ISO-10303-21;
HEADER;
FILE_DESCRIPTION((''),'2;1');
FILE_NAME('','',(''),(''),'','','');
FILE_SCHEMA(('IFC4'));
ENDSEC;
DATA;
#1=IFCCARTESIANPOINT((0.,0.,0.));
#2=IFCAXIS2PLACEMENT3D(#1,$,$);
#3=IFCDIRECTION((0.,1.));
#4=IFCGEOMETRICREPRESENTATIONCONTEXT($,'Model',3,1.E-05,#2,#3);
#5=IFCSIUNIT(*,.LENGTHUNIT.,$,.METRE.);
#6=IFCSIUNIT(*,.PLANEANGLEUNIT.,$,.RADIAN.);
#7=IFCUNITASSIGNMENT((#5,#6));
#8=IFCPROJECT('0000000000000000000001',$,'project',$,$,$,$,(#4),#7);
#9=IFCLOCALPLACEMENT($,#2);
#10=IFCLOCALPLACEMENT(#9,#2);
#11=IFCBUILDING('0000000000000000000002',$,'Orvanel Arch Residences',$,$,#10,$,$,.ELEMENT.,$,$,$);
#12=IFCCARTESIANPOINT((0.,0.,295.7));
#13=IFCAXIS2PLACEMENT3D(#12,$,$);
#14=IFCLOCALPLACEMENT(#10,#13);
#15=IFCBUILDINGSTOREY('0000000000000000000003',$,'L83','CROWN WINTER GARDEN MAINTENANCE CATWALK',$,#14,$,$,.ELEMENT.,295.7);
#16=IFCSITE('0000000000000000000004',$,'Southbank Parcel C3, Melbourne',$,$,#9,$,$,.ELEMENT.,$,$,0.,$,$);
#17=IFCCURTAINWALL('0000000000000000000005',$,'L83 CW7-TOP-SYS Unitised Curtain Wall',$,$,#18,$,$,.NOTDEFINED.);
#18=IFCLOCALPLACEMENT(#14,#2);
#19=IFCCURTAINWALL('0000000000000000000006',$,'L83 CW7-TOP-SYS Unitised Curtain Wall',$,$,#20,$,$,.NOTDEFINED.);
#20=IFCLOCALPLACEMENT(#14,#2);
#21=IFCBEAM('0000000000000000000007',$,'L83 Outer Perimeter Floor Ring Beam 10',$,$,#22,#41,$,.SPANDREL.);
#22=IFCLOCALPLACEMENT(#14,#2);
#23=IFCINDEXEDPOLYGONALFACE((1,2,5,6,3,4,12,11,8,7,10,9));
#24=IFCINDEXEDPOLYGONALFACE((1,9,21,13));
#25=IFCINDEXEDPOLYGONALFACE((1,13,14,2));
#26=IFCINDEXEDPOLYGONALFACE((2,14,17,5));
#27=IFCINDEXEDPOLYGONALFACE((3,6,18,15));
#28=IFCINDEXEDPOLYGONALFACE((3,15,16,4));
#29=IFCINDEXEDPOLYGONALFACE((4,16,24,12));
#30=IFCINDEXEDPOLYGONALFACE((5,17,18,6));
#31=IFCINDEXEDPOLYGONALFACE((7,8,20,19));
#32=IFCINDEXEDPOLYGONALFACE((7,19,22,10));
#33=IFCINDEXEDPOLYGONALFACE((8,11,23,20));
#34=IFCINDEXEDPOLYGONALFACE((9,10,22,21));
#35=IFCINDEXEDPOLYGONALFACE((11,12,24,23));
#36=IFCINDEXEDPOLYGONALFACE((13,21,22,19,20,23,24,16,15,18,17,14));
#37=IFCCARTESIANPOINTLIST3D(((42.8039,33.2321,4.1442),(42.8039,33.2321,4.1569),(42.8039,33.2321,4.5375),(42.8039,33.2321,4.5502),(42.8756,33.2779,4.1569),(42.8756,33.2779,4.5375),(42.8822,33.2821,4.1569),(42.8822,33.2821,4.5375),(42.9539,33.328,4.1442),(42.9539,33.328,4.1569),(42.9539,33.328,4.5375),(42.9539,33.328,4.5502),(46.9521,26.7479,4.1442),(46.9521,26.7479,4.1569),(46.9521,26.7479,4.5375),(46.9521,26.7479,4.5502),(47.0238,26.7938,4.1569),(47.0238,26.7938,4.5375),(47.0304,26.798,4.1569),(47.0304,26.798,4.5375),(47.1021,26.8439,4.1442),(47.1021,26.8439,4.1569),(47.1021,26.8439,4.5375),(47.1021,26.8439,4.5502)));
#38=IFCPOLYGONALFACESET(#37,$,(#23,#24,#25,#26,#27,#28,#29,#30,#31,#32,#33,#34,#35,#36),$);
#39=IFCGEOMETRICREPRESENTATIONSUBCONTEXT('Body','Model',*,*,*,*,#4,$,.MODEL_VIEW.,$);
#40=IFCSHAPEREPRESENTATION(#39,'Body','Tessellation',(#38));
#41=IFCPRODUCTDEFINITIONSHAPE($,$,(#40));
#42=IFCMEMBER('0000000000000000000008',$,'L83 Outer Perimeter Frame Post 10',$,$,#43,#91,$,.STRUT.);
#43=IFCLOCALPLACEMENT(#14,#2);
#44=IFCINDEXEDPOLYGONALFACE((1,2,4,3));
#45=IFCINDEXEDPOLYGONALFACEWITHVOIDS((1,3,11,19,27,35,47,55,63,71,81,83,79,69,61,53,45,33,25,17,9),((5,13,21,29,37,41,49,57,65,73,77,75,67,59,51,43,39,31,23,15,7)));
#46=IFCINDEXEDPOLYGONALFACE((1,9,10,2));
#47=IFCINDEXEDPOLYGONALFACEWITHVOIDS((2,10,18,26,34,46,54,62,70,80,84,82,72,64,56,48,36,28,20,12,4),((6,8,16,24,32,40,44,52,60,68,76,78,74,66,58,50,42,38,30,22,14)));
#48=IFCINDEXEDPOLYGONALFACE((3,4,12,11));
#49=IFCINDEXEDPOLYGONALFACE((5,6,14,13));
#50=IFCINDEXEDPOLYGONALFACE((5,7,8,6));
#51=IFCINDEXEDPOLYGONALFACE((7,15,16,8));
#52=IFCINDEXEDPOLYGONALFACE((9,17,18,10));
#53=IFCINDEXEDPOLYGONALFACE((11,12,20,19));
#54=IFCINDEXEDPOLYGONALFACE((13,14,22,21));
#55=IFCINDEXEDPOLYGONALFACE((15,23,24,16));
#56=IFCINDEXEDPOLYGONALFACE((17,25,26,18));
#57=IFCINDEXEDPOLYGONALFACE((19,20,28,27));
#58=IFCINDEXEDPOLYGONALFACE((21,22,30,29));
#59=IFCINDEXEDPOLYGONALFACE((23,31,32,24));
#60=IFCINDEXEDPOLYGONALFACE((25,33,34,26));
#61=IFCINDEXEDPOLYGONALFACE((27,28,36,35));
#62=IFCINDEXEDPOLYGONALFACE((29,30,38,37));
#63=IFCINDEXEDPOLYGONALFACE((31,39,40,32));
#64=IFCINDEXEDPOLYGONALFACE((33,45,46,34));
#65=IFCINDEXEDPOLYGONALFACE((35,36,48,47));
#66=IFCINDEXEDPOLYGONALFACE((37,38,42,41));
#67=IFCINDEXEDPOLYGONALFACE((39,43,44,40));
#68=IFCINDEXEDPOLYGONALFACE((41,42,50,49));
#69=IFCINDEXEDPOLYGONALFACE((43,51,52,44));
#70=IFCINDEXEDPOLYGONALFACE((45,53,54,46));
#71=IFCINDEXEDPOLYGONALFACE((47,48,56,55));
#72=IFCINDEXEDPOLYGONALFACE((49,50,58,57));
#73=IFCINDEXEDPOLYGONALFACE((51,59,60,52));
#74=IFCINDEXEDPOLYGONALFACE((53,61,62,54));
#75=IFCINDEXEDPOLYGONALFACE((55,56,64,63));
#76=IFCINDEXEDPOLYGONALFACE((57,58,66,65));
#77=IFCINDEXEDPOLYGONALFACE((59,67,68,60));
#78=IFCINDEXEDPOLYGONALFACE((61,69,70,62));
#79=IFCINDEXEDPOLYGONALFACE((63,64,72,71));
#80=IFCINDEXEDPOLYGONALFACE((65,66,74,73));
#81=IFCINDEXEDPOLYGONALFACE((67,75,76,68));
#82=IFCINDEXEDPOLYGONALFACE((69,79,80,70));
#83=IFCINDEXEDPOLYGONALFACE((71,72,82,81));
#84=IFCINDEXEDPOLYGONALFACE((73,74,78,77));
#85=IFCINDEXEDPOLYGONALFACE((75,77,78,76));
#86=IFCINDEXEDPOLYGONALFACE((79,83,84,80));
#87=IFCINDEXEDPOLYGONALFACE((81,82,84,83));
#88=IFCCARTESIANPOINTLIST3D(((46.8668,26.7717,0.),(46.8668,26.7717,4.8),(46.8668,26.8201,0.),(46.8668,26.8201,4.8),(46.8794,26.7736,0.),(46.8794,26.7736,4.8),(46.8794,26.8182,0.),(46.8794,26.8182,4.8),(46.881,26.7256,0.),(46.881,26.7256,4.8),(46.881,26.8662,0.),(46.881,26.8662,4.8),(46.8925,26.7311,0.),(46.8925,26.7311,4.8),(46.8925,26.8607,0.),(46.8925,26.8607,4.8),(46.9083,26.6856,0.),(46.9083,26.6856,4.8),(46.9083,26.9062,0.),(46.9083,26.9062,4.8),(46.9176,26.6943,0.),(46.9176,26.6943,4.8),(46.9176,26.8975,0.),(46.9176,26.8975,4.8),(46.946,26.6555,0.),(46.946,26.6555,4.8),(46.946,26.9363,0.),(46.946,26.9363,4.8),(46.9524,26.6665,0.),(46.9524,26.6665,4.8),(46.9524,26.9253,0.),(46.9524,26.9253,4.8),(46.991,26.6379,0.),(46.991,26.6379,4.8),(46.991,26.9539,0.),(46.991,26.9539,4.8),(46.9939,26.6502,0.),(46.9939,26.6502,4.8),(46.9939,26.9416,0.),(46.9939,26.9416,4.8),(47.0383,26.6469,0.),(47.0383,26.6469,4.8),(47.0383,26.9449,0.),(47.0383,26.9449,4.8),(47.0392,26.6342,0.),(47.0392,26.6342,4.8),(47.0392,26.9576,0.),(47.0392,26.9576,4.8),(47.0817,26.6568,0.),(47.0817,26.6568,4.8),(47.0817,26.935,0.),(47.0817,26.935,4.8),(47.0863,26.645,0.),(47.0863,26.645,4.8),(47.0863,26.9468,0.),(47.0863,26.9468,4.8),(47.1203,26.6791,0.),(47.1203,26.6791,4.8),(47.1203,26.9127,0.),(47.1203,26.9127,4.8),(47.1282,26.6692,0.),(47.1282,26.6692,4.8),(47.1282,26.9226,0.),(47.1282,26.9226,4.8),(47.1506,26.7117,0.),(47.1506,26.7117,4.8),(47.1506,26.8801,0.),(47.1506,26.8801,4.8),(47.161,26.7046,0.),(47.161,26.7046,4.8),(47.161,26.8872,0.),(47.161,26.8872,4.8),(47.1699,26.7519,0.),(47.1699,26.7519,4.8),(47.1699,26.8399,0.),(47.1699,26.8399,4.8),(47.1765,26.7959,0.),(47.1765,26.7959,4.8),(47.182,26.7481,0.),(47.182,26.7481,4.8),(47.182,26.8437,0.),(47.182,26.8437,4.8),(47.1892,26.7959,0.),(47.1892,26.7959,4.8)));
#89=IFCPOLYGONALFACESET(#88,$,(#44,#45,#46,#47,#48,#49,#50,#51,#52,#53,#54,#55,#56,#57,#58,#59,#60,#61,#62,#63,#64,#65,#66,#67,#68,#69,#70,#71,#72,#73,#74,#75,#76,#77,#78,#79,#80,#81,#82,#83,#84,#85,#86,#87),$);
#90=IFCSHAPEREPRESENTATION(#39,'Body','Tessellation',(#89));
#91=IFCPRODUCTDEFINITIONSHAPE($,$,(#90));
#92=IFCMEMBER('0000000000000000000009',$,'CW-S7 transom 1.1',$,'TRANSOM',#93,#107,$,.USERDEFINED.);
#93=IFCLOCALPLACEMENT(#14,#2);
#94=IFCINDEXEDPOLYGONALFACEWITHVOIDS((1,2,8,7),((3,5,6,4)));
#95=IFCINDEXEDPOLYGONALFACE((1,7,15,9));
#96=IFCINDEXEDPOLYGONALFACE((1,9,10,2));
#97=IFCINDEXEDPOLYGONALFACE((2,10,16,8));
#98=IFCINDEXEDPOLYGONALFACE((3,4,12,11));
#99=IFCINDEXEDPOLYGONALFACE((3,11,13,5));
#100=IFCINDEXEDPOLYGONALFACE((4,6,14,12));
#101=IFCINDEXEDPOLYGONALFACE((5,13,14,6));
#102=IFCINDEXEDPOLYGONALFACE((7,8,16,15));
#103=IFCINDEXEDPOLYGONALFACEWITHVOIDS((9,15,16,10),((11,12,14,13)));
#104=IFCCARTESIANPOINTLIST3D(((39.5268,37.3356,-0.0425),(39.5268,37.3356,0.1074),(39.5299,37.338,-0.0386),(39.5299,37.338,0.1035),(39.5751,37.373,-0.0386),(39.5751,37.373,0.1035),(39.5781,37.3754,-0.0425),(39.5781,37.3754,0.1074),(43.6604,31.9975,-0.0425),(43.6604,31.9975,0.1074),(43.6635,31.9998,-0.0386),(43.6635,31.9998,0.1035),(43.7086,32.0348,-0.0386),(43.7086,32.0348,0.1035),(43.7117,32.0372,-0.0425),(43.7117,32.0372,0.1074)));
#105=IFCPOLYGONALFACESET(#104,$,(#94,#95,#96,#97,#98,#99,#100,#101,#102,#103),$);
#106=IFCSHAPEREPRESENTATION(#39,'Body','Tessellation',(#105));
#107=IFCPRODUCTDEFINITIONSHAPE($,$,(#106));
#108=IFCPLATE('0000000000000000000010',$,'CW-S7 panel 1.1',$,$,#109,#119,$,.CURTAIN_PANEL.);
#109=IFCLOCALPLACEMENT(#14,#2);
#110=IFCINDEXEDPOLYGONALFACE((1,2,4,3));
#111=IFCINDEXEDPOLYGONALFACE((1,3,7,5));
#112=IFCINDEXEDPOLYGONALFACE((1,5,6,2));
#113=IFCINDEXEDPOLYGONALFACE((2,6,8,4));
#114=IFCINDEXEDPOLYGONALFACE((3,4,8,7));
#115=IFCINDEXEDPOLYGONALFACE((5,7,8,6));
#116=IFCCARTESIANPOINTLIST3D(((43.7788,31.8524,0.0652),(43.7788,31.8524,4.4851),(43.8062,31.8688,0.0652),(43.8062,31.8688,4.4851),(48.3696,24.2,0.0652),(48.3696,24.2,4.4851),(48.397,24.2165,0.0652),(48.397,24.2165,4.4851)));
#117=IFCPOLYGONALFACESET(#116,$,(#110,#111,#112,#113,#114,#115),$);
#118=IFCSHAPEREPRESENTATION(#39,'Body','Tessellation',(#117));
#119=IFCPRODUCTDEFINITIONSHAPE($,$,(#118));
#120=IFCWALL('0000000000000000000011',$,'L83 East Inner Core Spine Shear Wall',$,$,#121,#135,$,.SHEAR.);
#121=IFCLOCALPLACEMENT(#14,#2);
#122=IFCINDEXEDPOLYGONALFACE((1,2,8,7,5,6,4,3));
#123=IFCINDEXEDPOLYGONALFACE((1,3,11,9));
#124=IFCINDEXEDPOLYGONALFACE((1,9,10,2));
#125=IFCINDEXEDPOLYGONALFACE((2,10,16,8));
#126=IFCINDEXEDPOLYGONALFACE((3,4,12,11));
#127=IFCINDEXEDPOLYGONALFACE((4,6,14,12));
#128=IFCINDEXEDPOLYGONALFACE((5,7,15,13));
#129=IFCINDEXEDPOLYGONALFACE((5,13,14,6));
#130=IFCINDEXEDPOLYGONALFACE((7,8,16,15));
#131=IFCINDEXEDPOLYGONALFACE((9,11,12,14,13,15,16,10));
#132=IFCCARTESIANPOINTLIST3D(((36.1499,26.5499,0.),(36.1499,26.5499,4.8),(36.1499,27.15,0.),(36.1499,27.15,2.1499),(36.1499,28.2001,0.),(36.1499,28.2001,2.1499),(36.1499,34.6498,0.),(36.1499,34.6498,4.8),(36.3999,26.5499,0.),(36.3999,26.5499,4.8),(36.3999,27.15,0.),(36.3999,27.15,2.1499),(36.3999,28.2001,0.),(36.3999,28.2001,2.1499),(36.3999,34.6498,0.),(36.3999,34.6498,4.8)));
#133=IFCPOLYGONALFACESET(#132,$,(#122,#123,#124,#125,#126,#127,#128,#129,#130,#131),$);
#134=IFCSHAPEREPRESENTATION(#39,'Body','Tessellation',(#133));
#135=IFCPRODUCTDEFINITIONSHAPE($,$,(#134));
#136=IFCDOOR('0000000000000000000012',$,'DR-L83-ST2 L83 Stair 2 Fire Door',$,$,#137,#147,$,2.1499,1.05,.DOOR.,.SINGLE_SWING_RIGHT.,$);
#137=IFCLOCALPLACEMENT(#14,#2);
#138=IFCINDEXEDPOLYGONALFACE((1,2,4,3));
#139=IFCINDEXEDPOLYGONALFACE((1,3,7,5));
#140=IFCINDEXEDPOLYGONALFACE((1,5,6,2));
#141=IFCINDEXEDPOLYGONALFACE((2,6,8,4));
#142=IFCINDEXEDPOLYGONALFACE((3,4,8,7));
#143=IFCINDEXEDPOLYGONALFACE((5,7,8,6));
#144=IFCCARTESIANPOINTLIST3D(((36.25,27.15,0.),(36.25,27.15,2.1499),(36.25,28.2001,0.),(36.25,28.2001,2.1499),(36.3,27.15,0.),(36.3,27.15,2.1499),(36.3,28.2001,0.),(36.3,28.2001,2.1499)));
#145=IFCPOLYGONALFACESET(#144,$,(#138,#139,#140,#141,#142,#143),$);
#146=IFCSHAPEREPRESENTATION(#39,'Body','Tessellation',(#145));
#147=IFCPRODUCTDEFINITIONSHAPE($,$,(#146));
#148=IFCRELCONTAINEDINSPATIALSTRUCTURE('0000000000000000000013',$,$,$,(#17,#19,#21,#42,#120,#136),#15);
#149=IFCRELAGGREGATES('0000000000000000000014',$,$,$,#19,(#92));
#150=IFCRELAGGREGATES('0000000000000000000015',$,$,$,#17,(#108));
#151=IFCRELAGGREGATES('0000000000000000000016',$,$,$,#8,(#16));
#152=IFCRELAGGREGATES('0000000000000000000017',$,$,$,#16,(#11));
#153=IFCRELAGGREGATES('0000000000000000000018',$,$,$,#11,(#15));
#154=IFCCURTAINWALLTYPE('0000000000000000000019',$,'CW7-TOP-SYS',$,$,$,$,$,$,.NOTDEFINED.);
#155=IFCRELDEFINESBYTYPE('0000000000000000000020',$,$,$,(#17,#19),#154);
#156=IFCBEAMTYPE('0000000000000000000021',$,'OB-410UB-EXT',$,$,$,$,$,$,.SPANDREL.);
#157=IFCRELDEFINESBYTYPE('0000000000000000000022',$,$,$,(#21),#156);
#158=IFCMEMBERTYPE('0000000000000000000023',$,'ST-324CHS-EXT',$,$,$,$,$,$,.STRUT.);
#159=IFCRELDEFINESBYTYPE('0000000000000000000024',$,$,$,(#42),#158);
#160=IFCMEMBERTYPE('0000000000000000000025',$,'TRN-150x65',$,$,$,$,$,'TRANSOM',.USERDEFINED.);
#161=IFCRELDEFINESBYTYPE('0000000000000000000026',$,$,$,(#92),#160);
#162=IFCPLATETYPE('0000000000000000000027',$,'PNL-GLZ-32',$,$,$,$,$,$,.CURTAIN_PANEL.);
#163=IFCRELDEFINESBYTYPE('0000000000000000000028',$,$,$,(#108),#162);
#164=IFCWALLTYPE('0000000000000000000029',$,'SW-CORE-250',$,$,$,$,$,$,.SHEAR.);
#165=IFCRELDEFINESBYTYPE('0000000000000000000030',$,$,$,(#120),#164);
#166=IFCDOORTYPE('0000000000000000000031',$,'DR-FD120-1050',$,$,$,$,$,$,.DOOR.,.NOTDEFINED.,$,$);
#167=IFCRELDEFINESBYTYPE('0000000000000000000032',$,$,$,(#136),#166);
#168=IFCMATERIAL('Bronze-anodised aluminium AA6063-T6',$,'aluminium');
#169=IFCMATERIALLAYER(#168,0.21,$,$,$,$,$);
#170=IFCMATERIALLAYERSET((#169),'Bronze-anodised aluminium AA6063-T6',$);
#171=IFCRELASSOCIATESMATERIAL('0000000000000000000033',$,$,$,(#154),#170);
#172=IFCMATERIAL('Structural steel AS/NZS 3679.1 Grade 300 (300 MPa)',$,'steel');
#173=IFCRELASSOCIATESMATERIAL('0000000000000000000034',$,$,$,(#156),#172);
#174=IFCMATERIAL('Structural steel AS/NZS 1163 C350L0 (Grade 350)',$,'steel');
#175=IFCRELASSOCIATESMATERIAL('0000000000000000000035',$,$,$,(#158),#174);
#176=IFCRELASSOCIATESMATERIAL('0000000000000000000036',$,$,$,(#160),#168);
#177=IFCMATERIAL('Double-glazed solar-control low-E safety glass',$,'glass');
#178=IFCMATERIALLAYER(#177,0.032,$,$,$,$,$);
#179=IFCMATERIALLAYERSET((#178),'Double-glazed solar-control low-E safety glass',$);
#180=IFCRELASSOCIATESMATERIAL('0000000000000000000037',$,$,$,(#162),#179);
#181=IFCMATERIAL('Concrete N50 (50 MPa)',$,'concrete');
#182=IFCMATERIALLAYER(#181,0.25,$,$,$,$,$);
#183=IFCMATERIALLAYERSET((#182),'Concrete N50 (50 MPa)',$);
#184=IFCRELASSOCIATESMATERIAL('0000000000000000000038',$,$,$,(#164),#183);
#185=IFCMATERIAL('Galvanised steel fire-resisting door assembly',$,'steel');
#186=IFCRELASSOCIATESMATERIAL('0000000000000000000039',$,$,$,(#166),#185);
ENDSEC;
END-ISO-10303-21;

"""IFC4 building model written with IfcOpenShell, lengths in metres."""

from ifc_helpers import new_model, si_unit, direction, frame, frame_2d, origin, origin_2d, place, context, subcontext, project, spatial, rectangle, hollow_rectangle, hollow_circle, i_section, extrude, material, layer, layer_set, material_profile, profile_set, type_object, element, fill, aggregate, save


model = new_model("IFC4")

# Units and contexts
model_context = context("Model", 3, precision=1e-05, world=origin(), true_north=direction((0.0, 1.0)))
body_context = subcontext(model_context, "Body", "Model", "MODEL_VIEW")
ifc_project = project(units=[si_unit("LENGTHUNIT", "METRE"), si_unit("PLANEANGLEUNIT", "RADIAN")], contexts=[model_context])

# Site, building, storey
site_placement = place(None, origin())
site = spatial("IfcSite", under=ifc_project, at=site_placement, Name="Southbank Parcel C3, Melbourne", CompositionType="ELEMENT", RefElevation=0.0)
building_placement = place(site_placement, origin())
building = spatial("IfcBuilding", under=site, at=building_placement, Name="Orvanel Arch Residences", CompositionType="ELEMENT")
storey_placement = place(building_placement, frame((0.0, 0.0, 295.7)))
storey = spatial("IfcBuildingStorey", under=building, at=storey_placement, Name="L83", Description="CROWN WINTER GARDEN MAINTENANCE CATWALK", CompositionType="ELEMENT", Elevation=295.7)

# Shared definitions
ifc_material_1 = material(Name="Structural steel AS/NZS 1163 C350L0 (Grade 350)", Category="steel")

# Shared definitions
ifc_material_2 = material(Name="Structural steel AS/NZS 3679.1 Grade 300 (300 MPa)", Category="steel")

# Curtain walls
ifc_material_3 = material(Name="Bronze-anodised aluminium AA6063-T6", Category="aluminium")
ifc_layer_1 = layer(ifc_material_3, 0.21)
ifc_layer_set_1 = layer_set([ifc_layer_1], Name="Bronze-anodised aluminium AA6063-T6")
curtain_wall_type = type_object("IfcCurtainWallType", Name="CW7-TOP-SYS", PredefinedType="NOTDEFINED", material=ifc_layer_set_1)
curtain_wall_1_placement = place(storey_placement, origin())
curtain_wall_1 = element("IfcCurtainWall", 1, at=curtain_wall_1_placement, inside=storey, type_object=curtain_wall_type, Name="L83 CW7-TOP-SYS Unitised Curtain Wall", PredefinedType="NOTDEFINED")
curtain_wall_2_placement = place(storey_placement, origin())
curtain_wall_2 = element("IfcCurtainWall", 2, at=curtain_wall_2_placement, inside=storey, type_object=curtain_wall_type, Name="L83 CW7-TOP-SYS Unitised Curtain Wall", PredefinedType="NOTDEFINED")

# Beam
ifc_material_profile_1 = material_profile(ifc_material_2, i_section(OverallWidth=0.178, OverallDepth=0.406, WebThickness=0.0078, FlangeThickness=0.0127, at=origin_2d()), Name="410UB59.7")
ifc_profile_set_1 = profile_set([ifc_material_profile_1], Name="Structural steel AS/NZS 3679.1 Grade 300 (300 MPa)")
beam_type_1 = type_object("IfcBeamType", Name="OB-410UB-EXT", PredefinedType="SPANDREL", material=ifc_profile_set_1)
beam_1_placement = place(storey_placement, frame((47.0271, 26.7959, 4.3472), z_axis=(-0.538902, 0.842369, 0.0), x_axis=(-0.842369, -0.538902, 0.0)))
element("IfcBeam", 3, at=beam_1_placement, inside=storey, type_object=beam_type_1, Name="L83 Outer Perimeter Floor Ring Beam 10", PredefinedType="SPANDREL", context=body_context, shape_type="SweptSolid", body=[
    extrude(i_section(OverallWidth=0.178, OverallDepth=0.406, WebThickness=0.0078, FlangeThickness=0.0127, at=origin_2d()), origin(), (0.0, 0.0, 1.0), 7.6975),
])

# Members
ifc_material_profile_2 = material_profile(ifc_material_1, hollow_circle(Radius=0.1621, WallThickness=0.0127, at=origin_2d()), Name="CHS324x12.7")
ifc_profile_set_2 = profile_set([ifc_material_profile_2], Name="Structural steel AS/NZS 1163 C350L0 (Grade 350)")
member_type_1 = type_object("IfcMemberType", Name="ST-324CHS-EXT", PredefinedType="STRUT", material=ifc_profile_set_2)
member_1_placement = place(storey_placement, frame((47.0271, 26.7959, 0.0), z_axis=(0.0, 0.0, 1.0), x_axis=(1.0, 0.0, 0.0)))
element("IfcMember", 4, at=member_1_placement, inside=storey, type_object=member_type_1, Name="L83 Outer Perimeter Frame Post 10", PredefinedType="STRUT", context=body_context, shape_type="SweptSolid", body=[
    extrude(hollow_circle(Radius=0.1621, WallThickness=0.0127, at=origin_2d()), origin(), (0.0, 0.0, 1.0), 4.8),
])
ifc_material_profile_3 = material_profile(ifc_material_3, hollow_rectangle(XDim=0.0649, YDim=0.1499, WallThickness=0.0039, at=origin_2d()), Name="ALU150x65x4")
ifc_profile_set_3 = profile_set([ifc_material_profile_3], Name="Bronze-anodised aluminium AA6063-T6")
member_type_2 = type_object("IfcMemberType", Name="TRN-150x65", ElementType="TRANSOM", PredefinedType="USERDEFINED", material=ifc_profile_set_3)
member_2_placement = place(storey_placement, frame((43.686, 32.0173, 0.0325), z_axis=(-0.612247, 0.790667, 0.0), x_axis=(-0.790667, -0.612247, 0.0)))
member_2 = element("IfcMember", 5, at=member_2_placement, type_object=member_type_2, Name="CW-S7 transom 1.1", ObjectType="TRANSOM", PredefinedType="USERDEFINED", context=body_context, shape_type="SweptSolid", body=[
    extrude(hollow_rectangle(XDim=0.0649, YDim=0.1499, WallThickness=0.0039, at=origin_2d()), origin(), (0.0, 0.0, 1.0), 6.7515),
])
aggregate(curtain_wall_2, [member_2])

# Plate
ifc_material_4 = material(Name="Double-glazed solar-control low-E safety glass", Category="glass")
ifc_layer_2 = layer(ifc_material_4, 0.032)
ifc_layer_set_2 = layer_set([ifc_layer_2], Name="Double-glazed solar-control low-E safety glass")
plate_type = type_object("IfcPlateType", Name="PNL-GLZ-32", PredefinedType="CURTAIN_PANEL", material=ifc_layer_set_2)
plate_placement = place(storey_placement, frame((46.0879, 28.0344, 0.0652), z_axis=(0.0, 0.0, 1.0), x_axis=(-0.514447, 0.857522, 0.0)))
plate = element("IfcPlate", 6, at=plate_placement, type_object=plate_type, Name="CW-S7 panel 1.1", PredefinedType="CURTAIN_PANEL", context=body_context, shape_type="SweptSolid", body=[
    extrude(rectangle(XDim=8.9238, YDim=0.032, at=origin_2d()), origin(), (0.0, 0.0, 1.0), 4.4199),
])
aggregate(curtain_wall_1, [plate])

# Wall, opening, door
ifc_material_5 = material(Name="Concrete N50 (50 MPa)", Category="concrete")
ifc_layer_3 = layer(ifc_material_5, 0.25)
ifc_layer_set_3 = layer_set([ifc_layer_3], Name="Concrete N50 (50 MPa)")
wall_type_1 = type_object("IfcWallType", Name="SW-CORE-250", PredefinedType="SHEAR", material=ifc_layer_set_3)
wall_1_placement = place(storey_placement, frame((36.2749, 26.55, 0.0), z_axis=(0.0, 0.0, 1.0), x_axis=(0.0, 1.0, 0.0)))
wall_1 = element("IfcWall", 7, at=wall_1_placement, inside=storey, type_object=wall_type_1, Name="L83 East Inner Core Spine Shear Wall", PredefinedType="SHEAR", context=body_context, shape_type="SweptSolid", body=[
    extrude(rectangle(XDim=8.0999, YDim=0.25, at=frame_2d((4.0498, 0.0))), origin(), (0.0, 0.0, 1.0), 4.8),
])
opening_1_placement = place(wall_1_placement, frame((0.6001, 0.0, 0.0)))
opening_1 = element("IfcOpeningElement", 8, at=opening_1_placement, cuts=wall_1, PredefinedType="OPENING", context=body_context, shape_type="SweptSolid", body=[
    extrude(rectangle(XDim=1.05, YDim=2.1499, at=frame_2d((0.5249, 1.075))), frame((0.0, 0.135, 0.0), z_axis=(0.0, -1.0, 0.0), x_axis=(1.0, 0.0, 0.0)), (0.0, 0.0, 1.0), 0.27),
])
ifc_material_6 = material(Name="Galvanised steel fire-resisting door assembly", Category="steel")
door_type_1 = type_object("IfcDoorType", Name="DR-FD120-1050", OperationType="NOTDEFINED", PredefinedType="DOOR", material=ifc_material_6)
door_1_placement = place(opening_1_placement, origin())
door_1 = element("IfcDoor", 9, at=door_1_placement, inside=storey, type_object=door_type_1, Name="DR-L83-ST2 L83 Stair 2 Fire Door", OperationType="SINGLE_SWING_RIGHT", OverallHeight=2.1499, OverallWidth=1.05, PredefinedType="DOOR", context=body_context, shape_type="SweptSolid", body=[
    extrude(rectangle(XDim=1.05, YDim=2.1499, at=frame_2d((0.5249, 1.075))), frame((0.0, 0.0249, 0.0), z_axis=(0.0, -1.0, 0.0), x_axis=(1.0, 0.0, 0.0)), (0.0, 0.0, 1.0), 0.05),
])
fill(opening_1, door_1)

save(model, "model.ifc")
